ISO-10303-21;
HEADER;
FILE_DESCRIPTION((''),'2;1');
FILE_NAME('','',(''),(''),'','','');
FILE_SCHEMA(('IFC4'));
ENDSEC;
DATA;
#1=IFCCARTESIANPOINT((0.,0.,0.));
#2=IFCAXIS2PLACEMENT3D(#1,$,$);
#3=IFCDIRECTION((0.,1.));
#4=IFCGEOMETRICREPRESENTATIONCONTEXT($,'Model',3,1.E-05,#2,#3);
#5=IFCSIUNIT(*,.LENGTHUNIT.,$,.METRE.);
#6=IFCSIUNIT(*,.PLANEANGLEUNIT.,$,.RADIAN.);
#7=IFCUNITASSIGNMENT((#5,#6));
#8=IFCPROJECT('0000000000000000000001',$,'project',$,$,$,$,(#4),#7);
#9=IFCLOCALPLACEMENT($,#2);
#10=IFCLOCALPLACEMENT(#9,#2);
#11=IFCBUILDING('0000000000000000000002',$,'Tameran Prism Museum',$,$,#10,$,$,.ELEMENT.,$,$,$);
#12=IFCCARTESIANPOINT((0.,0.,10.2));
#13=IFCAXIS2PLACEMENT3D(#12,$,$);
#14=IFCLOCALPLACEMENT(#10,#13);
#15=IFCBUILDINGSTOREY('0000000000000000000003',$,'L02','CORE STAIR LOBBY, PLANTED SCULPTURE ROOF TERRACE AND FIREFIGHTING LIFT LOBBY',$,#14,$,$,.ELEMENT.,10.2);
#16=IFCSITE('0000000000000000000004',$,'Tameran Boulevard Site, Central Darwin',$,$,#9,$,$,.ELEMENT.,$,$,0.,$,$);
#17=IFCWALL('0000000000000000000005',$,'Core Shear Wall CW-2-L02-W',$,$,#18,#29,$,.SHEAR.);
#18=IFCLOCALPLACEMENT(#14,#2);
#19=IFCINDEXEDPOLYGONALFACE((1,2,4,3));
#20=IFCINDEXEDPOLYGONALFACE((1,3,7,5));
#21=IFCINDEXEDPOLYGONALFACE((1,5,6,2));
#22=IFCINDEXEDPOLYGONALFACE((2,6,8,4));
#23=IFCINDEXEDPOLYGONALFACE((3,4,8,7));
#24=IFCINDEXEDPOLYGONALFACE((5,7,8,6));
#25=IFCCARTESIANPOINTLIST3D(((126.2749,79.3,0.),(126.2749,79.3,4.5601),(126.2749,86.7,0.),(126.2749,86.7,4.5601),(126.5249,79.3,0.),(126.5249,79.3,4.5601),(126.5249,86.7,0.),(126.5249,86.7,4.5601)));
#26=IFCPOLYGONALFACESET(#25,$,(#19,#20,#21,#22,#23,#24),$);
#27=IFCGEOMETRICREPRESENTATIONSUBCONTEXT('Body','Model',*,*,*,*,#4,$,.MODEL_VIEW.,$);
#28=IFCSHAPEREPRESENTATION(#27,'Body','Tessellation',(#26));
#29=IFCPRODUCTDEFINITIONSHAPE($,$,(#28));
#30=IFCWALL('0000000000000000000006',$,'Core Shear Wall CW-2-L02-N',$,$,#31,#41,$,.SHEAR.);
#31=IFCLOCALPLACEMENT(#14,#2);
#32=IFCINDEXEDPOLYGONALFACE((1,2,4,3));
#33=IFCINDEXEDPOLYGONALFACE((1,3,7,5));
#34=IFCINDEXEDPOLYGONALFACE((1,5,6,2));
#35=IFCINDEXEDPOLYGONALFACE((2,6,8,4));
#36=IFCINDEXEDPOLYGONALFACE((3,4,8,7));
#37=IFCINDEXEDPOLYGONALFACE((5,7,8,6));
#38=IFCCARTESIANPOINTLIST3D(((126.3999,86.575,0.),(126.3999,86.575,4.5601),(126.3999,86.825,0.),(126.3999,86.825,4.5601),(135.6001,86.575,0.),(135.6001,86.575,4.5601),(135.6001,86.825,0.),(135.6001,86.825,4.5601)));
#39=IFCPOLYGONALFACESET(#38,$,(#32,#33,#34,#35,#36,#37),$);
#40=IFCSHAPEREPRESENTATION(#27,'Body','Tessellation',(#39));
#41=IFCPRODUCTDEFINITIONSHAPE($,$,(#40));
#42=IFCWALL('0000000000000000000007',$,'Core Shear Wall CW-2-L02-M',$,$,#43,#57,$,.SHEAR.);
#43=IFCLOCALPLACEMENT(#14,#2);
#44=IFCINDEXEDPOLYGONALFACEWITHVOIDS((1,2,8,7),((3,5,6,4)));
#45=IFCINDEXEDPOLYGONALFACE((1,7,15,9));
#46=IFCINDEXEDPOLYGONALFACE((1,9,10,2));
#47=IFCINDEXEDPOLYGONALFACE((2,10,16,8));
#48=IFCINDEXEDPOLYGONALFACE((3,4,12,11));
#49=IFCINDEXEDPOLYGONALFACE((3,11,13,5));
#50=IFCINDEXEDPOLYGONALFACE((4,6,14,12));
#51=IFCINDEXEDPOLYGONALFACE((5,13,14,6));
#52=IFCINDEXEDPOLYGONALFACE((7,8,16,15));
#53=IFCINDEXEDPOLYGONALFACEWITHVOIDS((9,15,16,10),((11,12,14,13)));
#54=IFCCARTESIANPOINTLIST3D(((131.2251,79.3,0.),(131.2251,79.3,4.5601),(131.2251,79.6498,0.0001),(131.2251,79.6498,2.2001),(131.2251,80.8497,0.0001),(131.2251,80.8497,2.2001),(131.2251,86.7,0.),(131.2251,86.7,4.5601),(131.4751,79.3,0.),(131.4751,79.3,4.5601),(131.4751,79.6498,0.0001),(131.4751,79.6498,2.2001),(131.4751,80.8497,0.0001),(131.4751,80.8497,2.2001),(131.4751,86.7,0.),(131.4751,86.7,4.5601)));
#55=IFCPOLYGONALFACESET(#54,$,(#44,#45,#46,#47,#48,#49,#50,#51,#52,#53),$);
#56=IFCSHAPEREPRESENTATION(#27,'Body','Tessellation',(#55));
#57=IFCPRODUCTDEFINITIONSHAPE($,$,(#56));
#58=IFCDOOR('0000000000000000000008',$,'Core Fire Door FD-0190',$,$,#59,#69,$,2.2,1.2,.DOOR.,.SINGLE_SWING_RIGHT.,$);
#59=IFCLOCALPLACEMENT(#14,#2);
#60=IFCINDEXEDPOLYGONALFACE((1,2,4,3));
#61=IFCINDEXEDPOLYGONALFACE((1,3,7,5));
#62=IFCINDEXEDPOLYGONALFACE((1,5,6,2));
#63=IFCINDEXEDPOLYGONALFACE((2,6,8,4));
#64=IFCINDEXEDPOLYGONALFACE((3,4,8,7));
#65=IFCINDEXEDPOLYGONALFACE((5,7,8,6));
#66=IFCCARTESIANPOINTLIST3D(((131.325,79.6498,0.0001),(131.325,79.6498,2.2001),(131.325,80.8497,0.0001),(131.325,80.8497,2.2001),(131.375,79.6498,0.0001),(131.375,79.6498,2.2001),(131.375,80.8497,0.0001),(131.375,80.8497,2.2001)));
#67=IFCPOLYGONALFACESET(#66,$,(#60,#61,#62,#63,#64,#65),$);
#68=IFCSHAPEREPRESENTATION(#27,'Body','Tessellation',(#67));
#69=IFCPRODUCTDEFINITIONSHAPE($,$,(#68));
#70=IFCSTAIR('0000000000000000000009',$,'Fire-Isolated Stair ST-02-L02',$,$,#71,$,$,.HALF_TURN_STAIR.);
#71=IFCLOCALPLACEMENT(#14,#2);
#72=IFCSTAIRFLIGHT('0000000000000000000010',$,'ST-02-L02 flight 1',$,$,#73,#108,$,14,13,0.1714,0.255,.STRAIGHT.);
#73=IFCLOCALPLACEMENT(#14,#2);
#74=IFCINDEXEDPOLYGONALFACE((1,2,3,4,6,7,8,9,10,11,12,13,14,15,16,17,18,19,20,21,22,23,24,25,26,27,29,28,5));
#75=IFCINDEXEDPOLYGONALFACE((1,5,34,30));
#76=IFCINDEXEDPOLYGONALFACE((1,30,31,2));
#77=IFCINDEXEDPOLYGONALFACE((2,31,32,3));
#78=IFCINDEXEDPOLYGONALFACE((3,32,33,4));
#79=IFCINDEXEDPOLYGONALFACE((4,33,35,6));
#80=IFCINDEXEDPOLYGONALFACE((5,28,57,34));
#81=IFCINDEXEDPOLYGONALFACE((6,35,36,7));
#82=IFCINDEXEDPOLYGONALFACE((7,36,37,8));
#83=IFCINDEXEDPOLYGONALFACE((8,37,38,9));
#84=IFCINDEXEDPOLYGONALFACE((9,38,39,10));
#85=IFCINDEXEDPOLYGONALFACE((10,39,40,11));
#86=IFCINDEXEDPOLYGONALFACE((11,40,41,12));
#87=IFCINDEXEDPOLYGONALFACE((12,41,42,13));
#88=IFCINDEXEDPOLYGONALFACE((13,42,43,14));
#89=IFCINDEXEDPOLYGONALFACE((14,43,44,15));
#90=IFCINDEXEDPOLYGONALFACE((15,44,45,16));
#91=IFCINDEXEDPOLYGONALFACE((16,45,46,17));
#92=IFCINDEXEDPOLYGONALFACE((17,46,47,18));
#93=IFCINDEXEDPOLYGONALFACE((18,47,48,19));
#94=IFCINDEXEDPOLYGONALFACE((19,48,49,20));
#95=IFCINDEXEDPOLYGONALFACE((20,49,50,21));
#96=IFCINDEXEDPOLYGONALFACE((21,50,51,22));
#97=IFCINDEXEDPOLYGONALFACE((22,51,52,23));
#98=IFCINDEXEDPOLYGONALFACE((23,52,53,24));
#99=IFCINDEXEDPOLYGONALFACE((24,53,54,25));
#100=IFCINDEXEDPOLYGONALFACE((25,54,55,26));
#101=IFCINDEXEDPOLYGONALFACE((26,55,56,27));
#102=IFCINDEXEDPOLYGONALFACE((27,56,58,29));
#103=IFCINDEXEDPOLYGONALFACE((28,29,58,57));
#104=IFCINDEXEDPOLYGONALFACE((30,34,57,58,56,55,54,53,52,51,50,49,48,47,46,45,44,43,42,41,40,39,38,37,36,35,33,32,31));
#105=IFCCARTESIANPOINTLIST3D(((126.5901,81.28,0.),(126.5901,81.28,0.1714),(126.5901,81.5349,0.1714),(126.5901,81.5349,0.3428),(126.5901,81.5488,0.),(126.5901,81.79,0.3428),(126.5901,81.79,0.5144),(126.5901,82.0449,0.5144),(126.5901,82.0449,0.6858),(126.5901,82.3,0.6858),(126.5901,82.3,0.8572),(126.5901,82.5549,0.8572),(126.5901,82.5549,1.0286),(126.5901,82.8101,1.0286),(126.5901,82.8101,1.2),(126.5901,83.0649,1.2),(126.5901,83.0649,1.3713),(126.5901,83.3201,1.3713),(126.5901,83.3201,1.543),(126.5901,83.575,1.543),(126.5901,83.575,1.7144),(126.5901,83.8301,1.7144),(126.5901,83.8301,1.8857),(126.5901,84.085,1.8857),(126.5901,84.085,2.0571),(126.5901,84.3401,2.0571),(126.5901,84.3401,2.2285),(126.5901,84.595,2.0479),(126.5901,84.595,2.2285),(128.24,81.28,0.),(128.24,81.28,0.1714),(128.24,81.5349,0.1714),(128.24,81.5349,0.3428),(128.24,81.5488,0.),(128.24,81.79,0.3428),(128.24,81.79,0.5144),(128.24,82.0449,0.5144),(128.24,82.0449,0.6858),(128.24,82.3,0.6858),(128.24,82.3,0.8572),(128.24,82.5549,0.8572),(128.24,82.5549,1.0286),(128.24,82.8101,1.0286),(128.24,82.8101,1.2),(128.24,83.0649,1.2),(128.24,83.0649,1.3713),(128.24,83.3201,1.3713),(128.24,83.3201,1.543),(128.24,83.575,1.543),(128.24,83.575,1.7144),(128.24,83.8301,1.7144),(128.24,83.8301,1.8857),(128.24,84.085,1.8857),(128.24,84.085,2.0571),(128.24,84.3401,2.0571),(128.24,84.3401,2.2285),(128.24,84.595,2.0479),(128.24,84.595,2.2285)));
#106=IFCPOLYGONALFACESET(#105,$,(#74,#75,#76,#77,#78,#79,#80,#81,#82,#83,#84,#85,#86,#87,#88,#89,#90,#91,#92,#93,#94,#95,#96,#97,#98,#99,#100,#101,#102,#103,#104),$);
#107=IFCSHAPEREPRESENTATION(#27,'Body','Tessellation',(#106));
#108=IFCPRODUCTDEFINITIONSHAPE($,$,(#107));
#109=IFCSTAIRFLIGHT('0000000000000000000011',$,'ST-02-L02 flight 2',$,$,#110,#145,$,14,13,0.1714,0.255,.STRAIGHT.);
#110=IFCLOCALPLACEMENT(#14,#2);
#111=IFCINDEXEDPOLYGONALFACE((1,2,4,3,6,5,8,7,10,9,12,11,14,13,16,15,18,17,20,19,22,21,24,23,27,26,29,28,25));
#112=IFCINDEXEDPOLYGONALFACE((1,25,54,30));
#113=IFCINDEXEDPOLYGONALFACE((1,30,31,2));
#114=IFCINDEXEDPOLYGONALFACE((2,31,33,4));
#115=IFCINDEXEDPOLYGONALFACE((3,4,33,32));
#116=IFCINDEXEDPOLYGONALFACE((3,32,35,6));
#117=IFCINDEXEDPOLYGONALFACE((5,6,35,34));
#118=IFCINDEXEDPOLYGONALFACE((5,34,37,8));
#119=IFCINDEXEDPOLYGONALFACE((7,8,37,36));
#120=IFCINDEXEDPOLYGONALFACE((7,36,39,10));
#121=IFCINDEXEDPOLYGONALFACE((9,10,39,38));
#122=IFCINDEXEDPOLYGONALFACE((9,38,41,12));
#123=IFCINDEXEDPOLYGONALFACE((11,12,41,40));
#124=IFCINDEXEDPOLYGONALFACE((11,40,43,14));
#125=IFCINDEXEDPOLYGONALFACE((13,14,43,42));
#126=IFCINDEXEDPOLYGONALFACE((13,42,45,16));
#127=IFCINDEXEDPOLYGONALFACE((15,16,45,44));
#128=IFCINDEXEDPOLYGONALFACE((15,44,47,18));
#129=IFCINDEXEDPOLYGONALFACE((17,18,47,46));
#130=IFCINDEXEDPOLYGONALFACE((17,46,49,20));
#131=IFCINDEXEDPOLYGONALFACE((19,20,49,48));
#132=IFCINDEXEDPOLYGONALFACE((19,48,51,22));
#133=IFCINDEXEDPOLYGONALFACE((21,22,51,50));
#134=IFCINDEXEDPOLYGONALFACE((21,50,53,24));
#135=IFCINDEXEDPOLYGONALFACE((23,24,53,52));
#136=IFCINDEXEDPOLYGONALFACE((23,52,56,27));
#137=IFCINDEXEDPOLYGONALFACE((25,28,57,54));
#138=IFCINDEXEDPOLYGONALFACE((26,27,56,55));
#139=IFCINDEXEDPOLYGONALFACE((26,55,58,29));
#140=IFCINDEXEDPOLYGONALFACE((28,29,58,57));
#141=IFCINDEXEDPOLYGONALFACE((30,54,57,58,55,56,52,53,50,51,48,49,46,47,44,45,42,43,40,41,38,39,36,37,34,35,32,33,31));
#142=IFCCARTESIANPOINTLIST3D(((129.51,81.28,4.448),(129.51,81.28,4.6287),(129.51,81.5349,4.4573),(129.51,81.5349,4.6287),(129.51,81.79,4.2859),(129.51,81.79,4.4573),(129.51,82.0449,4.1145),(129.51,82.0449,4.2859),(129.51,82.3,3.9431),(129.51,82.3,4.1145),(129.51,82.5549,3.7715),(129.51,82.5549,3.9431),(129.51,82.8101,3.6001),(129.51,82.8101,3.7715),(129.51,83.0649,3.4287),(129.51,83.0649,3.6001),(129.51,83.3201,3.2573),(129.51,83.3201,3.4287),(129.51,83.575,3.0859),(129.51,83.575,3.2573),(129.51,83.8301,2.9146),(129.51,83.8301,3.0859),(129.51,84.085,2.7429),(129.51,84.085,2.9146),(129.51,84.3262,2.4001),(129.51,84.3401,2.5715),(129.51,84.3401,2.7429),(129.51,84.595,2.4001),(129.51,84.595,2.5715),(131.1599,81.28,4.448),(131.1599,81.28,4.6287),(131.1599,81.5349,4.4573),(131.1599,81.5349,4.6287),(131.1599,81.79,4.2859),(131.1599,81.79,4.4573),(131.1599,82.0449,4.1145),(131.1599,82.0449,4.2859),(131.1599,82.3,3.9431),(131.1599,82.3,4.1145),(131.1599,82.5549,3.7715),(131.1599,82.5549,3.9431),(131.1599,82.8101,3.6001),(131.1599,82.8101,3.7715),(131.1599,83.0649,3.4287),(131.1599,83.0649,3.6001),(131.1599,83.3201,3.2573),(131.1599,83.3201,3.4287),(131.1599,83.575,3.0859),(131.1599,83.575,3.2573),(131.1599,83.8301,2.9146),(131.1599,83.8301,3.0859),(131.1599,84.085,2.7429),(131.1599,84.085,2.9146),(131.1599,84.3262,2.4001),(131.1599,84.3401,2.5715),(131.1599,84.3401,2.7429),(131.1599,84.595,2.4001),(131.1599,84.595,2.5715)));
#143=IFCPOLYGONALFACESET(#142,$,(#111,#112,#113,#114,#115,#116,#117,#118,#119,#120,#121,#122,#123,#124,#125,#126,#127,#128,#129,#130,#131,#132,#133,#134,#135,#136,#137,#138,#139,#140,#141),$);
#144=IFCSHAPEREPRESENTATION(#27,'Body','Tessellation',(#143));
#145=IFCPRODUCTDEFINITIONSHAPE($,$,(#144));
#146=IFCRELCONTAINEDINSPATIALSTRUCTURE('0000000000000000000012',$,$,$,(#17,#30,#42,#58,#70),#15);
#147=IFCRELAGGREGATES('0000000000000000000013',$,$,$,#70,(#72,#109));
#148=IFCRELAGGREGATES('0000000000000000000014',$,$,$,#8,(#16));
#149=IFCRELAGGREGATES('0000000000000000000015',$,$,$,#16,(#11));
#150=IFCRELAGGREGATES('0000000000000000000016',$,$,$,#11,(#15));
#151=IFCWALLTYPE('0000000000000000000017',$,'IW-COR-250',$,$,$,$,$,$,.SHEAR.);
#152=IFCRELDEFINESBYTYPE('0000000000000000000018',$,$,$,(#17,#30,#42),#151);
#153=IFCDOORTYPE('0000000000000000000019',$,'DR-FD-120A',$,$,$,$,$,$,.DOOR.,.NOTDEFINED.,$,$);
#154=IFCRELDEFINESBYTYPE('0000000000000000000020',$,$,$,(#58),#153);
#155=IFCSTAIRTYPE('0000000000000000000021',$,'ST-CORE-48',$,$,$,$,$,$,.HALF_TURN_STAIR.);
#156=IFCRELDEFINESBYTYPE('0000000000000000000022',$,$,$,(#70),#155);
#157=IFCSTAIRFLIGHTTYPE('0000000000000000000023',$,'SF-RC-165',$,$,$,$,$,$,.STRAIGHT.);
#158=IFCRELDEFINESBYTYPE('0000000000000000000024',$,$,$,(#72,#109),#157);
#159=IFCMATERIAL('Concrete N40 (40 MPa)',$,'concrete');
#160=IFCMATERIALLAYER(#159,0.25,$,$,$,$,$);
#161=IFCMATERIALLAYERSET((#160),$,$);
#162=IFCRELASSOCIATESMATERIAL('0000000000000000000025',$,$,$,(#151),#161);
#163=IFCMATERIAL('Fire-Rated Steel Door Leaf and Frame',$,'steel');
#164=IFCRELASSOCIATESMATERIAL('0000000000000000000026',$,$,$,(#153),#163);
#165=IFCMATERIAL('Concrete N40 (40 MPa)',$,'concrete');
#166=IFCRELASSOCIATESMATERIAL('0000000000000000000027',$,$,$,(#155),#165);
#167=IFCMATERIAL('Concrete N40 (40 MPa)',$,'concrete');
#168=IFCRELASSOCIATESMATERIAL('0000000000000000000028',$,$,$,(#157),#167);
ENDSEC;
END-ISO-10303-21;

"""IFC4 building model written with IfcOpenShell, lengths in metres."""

from ifc_helpers import new_model, si_unit, direction, frame, frame_2d, origin, place, context, subcontext, project, spatial, polyline, rectangle, outline, extrude, material, layer, layer_set, type_object, element, fill, aggregate, save


model = new_model("IFC4")

# Units and contexts
model_context = context("Model", 3, precision=1e-05, world=origin(), true_north=direction((0.0, 1.0)))
body_context = subcontext(model_context, "Body", "Model", "MODEL_VIEW")
ifc_project = project(units=[si_unit("LENGTHUNIT", "METRE"), si_unit("PLANEANGLEUNIT", "RADIAN")], contexts=[model_context])

# Site, building, storey
site_placement = place(None, origin())
site = spatial("IfcSite", under=ifc_project, at=site_placement, Name="Tameran Boulevard Site, Central Darwin", CompositionType="ELEMENT", RefElevation=0.0)
building_placement = place(site_placement, origin())
building = spatial("IfcBuilding", under=site, at=building_placement, Name="Tameran Prism Museum", CompositionType="ELEMENT")
storey_placement = place(building_placement, frame((0.0, 0.0, 10.2)))
storey = spatial("IfcBuildingStorey", under=building, at=storey_placement, Name="L02", Description="CORE STAIR LOBBY, PLANTED SCULPTURE ROOF TERRACE AND FIREFIGHTING LIFT LOBBY", CompositionType="ELEMENT", Elevation=10.2)

# Walls
ifc_material_1 = material(Name="Concrete N40 (40 MPa)", Category="concrete")
ifc_layer_1 = layer(ifc_material_1, 0.25)
ifc_layer_set_1 = layer_set([ifc_layer_1])
wall_type = type_object("IfcWallType", Name="IW-COR-250", PredefinedType="SHEAR", material=ifc_layer_set_1)
wall_1_placement = place(storey_placement, frame((126.3999, 79.3, 0.0), z_axis=(0.0, 0.0, 1.0), x_axis=(0.0, 1.0, 0.0)))
element("IfcWall", 1, at=wall_1_placement, inside=storey, type_object=wall_type, Name="Core Shear Wall CW-2-L02-W", PredefinedType="SHEAR", context=body_context, shape_type="SweptSolid", body=[
    extrude(rectangle(XDim=7.3999, YDim=0.25, at=frame_2d((3.7, 0.0))), origin(), (0.0, 0.0, 1.0), 4.5601),
])
wall_2_placement = place(storey_placement, frame((126.3999, 86.7, 0.0), z_axis=(0.0, 0.0, 1.0), x_axis=(1.0, 0.0, 0.0)))
element("IfcWall", 2, at=wall_2_placement, inside=storey, type_object=wall_type, Name="Core Shear Wall CW-2-L02-N", PredefinedType="SHEAR", context=body_context, shape_type="SweptSolid", body=[
    extrude(rectangle(XDim=9.2002, YDim=0.25, at=frame_2d((4.6001, 0.0))), origin(), (0.0, 0.0, 1.0), 4.5601),
])

# Wall, opening, door
wall_3_placement = place(storey_placement, frame((131.3501, 86.7, 0.0), z_axis=(0.0, 0.0, 1.0), x_axis=(0.0, -1.0, 0.0)))
wall_3 = element("IfcWall", 3, at=wall_3_placement, inside=storey, type_object=wall_type, Name="Core Shear Wall CW-2-L02-M", PredefinedType="SHEAR", context=body_context, shape_type="SweptSolid", body=[
    extrude(rectangle(XDim=7.3999, YDim=0.25, at=frame_2d((3.7, 0.0))), origin(), (0.0, 0.0, 1.0), 4.5601),
])
opening_placement = place(wall_3_placement, frame((5.8501, 0.0, 0.0)))
opening = element("IfcOpeningElement", 4, at=opening_placement, cuts=wall_3, PredefinedType="OPENING", context=body_context, shape_type="SweptSolid", body=[
    extrude(rectangle(XDim=1.2, YDim=2.2, at=frame_2d((0.6001, 1.1001))), frame((0.0, 0.135, 0.0), z_axis=(0.0, -1.0, 0.0), x_axis=(1.0, 0.0, 0.0)), (0.0, 0.0, 1.0), 0.27),
])
ifc_material_2 = material(Name="Fire-Rated Steel Door Leaf and Frame", Category="steel")
door_type = type_object("IfcDoorType", Name="DR-FD-120A", OperationType="NOTDEFINED", PredefinedType="DOOR", material=ifc_material_2)
door_placement = place(opening_placement, origin())
door = element("IfcDoor", 5, at=door_placement, inside=storey, type_object=door_type, Name="Core Fire Door FD-0190", OperationType="SINGLE_SWING_RIGHT", OverallHeight=2.2, OverallWidth=1.2, PredefinedType="DOOR", context=body_context, shape_type="SweptSolid", body=[
    extrude(rectangle(XDim=1.2, YDim=2.2, at=frame_2d((0.6001, 1.1001))), frame((0.0, 0.0249, 0.0), z_axis=(0.0, -1.0, 0.0), x_axis=(1.0, 0.0, 0.0)), (0.0, 0.0, 1.0), 0.05),
])
fill(opening, door)

# Stair, stair flights
ifc_material_3 = material(Name="Concrete N40 (40 MPa)", Category="concrete")
stair_type = type_object("IfcStairType", Name="ST-CORE-48", PredefinedType="HALF_TURN_STAIR", material=ifc_material_3)
stair_placement = place(storey_placement, origin())
stair = element("IfcStair", 6, at=stair_placement, inside=storey, type_object=stair_type, Name="Fire-Isolated Stair ST-02-L02", PredefinedType="HALF_TURN_STAIR")
ifc_material_4 = material(Name="Concrete N40 (40 MPa)", Category="concrete")
stair_flight_type = type_object("IfcStairFlightType", Name="SF-RC-165", PredefinedType="STRAIGHT", material=ifc_material_4)
stair_flight_1_placement = place(storey_placement, frame((127.415, 81.28, 0.0), z_axis=(0.0, 0.0, 1.0), x_axis=(0.0, 1.0, 0.0)))
stair_flight_1 = element("IfcStairFlight", 7, at=stair_flight_1_placement, type_object=stair_flight_type, Name="ST-02-L02 flight 1", NumberOfRisers=14, NumberOfTreads=13, PredefinedType="STRAIGHT", RiserHeight=0.1714, TreadLength=0.255, context=body_context, shape_type="SweptSolid", body=[
    extrude(outline(polyline([(0.0, 0.0), (0.0, 0.1714), (0.2549, 0.1714), (0.2549, 0.3428), (0.51, 0.3428), (0.51, 0.5144), (0.7649, 0.5144), (0.7649, 0.6858), (1.02, 0.6858), (1.02, 0.8572), (1.2749, 0.8572), (1.2749, 1.0286), (1.53, 1.0286), (1.53, 1.2), (1.7849, 1.2), (1.7849, 1.3713), (2.04, 1.3713), (2.04, 1.543), (2.2949, 1.543), (2.2949, 1.7144), (2.55, 1.7144), (2.55, 1.8857), (2.8049, 1.8857), (2.8049, 2.0571), (3.0601, 2.0571), (3.0601, 2.2285), (3.3149, 2.2285), (3.3149, 2.3999), (3.3149, 2.0479), (0.2688, 0.0), (0.0, 0.0)])), frame((0.0, 0.825, 0.0), z_axis=(0.0, -1.0, 0.0), x_axis=(1.0, 0.0, 0.0)), (0.0, 0.0, 1.0), 1.6499),
])
stair_flight_2_placement = place(storey_placement, frame((130.335, 84.595, 2.4001), z_axis=(0.0, 0.0, 1.0), x_axis=(0.0, -1.0, 0.0)))
stair_flight_2 = element("IfcStairFlight", 8, at=stair_flight_2_placement, type_object=stair_flight_type, Name="ST-02-L02 flight 2", NumberOfRisers=14, NumberOfTreads=13, PredefinedType="STRAIGHT", RiserHeight=0.1714, TreadLength=0.255, context=body_context, shape_type="SweptSolid", body=[
    extrude(outline(polyline([(0.0, 0.0), (0.0, 0.1714), (0.2549, 0.1714), (0.2549, 0.3428), (0.51, 0.3428), (0.51, 0.5144), (0.7649, 0.5144), (0.7649, 0.6858), (1.02, 0.6858), (1.02, 0.8572), (1.2749, 0.8572), (1.2749, 1.0286), (1.53, 1.0286), (1.53, 1.2), (1.7849, 1.2), (1.7849, 1.3713), (2.04, 1.3713), (2.04, 1.543), (2.2949, 1.543), (2.2949, 1.7144), (2.55, 1.7144), (2.55, 1.8857), (2.8049, 1.8857), (2.8049, 2.0571), (3.0601, 2.0571), (3.0601, 2.2285), (3.3149, 2.2285), (3.3149, 2.3999), (3.3149, 2.0479), (0.2688, 0.0), (0.0, 0.0)])), frame((0.0, 0.825, 0.0), z_axis=(0.0, -1.0, 0.0), x_axis=(1.0, 0.0, 0.0)), (0.0, 0.0, 1.0), 1.6499),
])
aggregate(stair, [stair_flight_1, stair_flight_2])

save(model, "model.ifc")
